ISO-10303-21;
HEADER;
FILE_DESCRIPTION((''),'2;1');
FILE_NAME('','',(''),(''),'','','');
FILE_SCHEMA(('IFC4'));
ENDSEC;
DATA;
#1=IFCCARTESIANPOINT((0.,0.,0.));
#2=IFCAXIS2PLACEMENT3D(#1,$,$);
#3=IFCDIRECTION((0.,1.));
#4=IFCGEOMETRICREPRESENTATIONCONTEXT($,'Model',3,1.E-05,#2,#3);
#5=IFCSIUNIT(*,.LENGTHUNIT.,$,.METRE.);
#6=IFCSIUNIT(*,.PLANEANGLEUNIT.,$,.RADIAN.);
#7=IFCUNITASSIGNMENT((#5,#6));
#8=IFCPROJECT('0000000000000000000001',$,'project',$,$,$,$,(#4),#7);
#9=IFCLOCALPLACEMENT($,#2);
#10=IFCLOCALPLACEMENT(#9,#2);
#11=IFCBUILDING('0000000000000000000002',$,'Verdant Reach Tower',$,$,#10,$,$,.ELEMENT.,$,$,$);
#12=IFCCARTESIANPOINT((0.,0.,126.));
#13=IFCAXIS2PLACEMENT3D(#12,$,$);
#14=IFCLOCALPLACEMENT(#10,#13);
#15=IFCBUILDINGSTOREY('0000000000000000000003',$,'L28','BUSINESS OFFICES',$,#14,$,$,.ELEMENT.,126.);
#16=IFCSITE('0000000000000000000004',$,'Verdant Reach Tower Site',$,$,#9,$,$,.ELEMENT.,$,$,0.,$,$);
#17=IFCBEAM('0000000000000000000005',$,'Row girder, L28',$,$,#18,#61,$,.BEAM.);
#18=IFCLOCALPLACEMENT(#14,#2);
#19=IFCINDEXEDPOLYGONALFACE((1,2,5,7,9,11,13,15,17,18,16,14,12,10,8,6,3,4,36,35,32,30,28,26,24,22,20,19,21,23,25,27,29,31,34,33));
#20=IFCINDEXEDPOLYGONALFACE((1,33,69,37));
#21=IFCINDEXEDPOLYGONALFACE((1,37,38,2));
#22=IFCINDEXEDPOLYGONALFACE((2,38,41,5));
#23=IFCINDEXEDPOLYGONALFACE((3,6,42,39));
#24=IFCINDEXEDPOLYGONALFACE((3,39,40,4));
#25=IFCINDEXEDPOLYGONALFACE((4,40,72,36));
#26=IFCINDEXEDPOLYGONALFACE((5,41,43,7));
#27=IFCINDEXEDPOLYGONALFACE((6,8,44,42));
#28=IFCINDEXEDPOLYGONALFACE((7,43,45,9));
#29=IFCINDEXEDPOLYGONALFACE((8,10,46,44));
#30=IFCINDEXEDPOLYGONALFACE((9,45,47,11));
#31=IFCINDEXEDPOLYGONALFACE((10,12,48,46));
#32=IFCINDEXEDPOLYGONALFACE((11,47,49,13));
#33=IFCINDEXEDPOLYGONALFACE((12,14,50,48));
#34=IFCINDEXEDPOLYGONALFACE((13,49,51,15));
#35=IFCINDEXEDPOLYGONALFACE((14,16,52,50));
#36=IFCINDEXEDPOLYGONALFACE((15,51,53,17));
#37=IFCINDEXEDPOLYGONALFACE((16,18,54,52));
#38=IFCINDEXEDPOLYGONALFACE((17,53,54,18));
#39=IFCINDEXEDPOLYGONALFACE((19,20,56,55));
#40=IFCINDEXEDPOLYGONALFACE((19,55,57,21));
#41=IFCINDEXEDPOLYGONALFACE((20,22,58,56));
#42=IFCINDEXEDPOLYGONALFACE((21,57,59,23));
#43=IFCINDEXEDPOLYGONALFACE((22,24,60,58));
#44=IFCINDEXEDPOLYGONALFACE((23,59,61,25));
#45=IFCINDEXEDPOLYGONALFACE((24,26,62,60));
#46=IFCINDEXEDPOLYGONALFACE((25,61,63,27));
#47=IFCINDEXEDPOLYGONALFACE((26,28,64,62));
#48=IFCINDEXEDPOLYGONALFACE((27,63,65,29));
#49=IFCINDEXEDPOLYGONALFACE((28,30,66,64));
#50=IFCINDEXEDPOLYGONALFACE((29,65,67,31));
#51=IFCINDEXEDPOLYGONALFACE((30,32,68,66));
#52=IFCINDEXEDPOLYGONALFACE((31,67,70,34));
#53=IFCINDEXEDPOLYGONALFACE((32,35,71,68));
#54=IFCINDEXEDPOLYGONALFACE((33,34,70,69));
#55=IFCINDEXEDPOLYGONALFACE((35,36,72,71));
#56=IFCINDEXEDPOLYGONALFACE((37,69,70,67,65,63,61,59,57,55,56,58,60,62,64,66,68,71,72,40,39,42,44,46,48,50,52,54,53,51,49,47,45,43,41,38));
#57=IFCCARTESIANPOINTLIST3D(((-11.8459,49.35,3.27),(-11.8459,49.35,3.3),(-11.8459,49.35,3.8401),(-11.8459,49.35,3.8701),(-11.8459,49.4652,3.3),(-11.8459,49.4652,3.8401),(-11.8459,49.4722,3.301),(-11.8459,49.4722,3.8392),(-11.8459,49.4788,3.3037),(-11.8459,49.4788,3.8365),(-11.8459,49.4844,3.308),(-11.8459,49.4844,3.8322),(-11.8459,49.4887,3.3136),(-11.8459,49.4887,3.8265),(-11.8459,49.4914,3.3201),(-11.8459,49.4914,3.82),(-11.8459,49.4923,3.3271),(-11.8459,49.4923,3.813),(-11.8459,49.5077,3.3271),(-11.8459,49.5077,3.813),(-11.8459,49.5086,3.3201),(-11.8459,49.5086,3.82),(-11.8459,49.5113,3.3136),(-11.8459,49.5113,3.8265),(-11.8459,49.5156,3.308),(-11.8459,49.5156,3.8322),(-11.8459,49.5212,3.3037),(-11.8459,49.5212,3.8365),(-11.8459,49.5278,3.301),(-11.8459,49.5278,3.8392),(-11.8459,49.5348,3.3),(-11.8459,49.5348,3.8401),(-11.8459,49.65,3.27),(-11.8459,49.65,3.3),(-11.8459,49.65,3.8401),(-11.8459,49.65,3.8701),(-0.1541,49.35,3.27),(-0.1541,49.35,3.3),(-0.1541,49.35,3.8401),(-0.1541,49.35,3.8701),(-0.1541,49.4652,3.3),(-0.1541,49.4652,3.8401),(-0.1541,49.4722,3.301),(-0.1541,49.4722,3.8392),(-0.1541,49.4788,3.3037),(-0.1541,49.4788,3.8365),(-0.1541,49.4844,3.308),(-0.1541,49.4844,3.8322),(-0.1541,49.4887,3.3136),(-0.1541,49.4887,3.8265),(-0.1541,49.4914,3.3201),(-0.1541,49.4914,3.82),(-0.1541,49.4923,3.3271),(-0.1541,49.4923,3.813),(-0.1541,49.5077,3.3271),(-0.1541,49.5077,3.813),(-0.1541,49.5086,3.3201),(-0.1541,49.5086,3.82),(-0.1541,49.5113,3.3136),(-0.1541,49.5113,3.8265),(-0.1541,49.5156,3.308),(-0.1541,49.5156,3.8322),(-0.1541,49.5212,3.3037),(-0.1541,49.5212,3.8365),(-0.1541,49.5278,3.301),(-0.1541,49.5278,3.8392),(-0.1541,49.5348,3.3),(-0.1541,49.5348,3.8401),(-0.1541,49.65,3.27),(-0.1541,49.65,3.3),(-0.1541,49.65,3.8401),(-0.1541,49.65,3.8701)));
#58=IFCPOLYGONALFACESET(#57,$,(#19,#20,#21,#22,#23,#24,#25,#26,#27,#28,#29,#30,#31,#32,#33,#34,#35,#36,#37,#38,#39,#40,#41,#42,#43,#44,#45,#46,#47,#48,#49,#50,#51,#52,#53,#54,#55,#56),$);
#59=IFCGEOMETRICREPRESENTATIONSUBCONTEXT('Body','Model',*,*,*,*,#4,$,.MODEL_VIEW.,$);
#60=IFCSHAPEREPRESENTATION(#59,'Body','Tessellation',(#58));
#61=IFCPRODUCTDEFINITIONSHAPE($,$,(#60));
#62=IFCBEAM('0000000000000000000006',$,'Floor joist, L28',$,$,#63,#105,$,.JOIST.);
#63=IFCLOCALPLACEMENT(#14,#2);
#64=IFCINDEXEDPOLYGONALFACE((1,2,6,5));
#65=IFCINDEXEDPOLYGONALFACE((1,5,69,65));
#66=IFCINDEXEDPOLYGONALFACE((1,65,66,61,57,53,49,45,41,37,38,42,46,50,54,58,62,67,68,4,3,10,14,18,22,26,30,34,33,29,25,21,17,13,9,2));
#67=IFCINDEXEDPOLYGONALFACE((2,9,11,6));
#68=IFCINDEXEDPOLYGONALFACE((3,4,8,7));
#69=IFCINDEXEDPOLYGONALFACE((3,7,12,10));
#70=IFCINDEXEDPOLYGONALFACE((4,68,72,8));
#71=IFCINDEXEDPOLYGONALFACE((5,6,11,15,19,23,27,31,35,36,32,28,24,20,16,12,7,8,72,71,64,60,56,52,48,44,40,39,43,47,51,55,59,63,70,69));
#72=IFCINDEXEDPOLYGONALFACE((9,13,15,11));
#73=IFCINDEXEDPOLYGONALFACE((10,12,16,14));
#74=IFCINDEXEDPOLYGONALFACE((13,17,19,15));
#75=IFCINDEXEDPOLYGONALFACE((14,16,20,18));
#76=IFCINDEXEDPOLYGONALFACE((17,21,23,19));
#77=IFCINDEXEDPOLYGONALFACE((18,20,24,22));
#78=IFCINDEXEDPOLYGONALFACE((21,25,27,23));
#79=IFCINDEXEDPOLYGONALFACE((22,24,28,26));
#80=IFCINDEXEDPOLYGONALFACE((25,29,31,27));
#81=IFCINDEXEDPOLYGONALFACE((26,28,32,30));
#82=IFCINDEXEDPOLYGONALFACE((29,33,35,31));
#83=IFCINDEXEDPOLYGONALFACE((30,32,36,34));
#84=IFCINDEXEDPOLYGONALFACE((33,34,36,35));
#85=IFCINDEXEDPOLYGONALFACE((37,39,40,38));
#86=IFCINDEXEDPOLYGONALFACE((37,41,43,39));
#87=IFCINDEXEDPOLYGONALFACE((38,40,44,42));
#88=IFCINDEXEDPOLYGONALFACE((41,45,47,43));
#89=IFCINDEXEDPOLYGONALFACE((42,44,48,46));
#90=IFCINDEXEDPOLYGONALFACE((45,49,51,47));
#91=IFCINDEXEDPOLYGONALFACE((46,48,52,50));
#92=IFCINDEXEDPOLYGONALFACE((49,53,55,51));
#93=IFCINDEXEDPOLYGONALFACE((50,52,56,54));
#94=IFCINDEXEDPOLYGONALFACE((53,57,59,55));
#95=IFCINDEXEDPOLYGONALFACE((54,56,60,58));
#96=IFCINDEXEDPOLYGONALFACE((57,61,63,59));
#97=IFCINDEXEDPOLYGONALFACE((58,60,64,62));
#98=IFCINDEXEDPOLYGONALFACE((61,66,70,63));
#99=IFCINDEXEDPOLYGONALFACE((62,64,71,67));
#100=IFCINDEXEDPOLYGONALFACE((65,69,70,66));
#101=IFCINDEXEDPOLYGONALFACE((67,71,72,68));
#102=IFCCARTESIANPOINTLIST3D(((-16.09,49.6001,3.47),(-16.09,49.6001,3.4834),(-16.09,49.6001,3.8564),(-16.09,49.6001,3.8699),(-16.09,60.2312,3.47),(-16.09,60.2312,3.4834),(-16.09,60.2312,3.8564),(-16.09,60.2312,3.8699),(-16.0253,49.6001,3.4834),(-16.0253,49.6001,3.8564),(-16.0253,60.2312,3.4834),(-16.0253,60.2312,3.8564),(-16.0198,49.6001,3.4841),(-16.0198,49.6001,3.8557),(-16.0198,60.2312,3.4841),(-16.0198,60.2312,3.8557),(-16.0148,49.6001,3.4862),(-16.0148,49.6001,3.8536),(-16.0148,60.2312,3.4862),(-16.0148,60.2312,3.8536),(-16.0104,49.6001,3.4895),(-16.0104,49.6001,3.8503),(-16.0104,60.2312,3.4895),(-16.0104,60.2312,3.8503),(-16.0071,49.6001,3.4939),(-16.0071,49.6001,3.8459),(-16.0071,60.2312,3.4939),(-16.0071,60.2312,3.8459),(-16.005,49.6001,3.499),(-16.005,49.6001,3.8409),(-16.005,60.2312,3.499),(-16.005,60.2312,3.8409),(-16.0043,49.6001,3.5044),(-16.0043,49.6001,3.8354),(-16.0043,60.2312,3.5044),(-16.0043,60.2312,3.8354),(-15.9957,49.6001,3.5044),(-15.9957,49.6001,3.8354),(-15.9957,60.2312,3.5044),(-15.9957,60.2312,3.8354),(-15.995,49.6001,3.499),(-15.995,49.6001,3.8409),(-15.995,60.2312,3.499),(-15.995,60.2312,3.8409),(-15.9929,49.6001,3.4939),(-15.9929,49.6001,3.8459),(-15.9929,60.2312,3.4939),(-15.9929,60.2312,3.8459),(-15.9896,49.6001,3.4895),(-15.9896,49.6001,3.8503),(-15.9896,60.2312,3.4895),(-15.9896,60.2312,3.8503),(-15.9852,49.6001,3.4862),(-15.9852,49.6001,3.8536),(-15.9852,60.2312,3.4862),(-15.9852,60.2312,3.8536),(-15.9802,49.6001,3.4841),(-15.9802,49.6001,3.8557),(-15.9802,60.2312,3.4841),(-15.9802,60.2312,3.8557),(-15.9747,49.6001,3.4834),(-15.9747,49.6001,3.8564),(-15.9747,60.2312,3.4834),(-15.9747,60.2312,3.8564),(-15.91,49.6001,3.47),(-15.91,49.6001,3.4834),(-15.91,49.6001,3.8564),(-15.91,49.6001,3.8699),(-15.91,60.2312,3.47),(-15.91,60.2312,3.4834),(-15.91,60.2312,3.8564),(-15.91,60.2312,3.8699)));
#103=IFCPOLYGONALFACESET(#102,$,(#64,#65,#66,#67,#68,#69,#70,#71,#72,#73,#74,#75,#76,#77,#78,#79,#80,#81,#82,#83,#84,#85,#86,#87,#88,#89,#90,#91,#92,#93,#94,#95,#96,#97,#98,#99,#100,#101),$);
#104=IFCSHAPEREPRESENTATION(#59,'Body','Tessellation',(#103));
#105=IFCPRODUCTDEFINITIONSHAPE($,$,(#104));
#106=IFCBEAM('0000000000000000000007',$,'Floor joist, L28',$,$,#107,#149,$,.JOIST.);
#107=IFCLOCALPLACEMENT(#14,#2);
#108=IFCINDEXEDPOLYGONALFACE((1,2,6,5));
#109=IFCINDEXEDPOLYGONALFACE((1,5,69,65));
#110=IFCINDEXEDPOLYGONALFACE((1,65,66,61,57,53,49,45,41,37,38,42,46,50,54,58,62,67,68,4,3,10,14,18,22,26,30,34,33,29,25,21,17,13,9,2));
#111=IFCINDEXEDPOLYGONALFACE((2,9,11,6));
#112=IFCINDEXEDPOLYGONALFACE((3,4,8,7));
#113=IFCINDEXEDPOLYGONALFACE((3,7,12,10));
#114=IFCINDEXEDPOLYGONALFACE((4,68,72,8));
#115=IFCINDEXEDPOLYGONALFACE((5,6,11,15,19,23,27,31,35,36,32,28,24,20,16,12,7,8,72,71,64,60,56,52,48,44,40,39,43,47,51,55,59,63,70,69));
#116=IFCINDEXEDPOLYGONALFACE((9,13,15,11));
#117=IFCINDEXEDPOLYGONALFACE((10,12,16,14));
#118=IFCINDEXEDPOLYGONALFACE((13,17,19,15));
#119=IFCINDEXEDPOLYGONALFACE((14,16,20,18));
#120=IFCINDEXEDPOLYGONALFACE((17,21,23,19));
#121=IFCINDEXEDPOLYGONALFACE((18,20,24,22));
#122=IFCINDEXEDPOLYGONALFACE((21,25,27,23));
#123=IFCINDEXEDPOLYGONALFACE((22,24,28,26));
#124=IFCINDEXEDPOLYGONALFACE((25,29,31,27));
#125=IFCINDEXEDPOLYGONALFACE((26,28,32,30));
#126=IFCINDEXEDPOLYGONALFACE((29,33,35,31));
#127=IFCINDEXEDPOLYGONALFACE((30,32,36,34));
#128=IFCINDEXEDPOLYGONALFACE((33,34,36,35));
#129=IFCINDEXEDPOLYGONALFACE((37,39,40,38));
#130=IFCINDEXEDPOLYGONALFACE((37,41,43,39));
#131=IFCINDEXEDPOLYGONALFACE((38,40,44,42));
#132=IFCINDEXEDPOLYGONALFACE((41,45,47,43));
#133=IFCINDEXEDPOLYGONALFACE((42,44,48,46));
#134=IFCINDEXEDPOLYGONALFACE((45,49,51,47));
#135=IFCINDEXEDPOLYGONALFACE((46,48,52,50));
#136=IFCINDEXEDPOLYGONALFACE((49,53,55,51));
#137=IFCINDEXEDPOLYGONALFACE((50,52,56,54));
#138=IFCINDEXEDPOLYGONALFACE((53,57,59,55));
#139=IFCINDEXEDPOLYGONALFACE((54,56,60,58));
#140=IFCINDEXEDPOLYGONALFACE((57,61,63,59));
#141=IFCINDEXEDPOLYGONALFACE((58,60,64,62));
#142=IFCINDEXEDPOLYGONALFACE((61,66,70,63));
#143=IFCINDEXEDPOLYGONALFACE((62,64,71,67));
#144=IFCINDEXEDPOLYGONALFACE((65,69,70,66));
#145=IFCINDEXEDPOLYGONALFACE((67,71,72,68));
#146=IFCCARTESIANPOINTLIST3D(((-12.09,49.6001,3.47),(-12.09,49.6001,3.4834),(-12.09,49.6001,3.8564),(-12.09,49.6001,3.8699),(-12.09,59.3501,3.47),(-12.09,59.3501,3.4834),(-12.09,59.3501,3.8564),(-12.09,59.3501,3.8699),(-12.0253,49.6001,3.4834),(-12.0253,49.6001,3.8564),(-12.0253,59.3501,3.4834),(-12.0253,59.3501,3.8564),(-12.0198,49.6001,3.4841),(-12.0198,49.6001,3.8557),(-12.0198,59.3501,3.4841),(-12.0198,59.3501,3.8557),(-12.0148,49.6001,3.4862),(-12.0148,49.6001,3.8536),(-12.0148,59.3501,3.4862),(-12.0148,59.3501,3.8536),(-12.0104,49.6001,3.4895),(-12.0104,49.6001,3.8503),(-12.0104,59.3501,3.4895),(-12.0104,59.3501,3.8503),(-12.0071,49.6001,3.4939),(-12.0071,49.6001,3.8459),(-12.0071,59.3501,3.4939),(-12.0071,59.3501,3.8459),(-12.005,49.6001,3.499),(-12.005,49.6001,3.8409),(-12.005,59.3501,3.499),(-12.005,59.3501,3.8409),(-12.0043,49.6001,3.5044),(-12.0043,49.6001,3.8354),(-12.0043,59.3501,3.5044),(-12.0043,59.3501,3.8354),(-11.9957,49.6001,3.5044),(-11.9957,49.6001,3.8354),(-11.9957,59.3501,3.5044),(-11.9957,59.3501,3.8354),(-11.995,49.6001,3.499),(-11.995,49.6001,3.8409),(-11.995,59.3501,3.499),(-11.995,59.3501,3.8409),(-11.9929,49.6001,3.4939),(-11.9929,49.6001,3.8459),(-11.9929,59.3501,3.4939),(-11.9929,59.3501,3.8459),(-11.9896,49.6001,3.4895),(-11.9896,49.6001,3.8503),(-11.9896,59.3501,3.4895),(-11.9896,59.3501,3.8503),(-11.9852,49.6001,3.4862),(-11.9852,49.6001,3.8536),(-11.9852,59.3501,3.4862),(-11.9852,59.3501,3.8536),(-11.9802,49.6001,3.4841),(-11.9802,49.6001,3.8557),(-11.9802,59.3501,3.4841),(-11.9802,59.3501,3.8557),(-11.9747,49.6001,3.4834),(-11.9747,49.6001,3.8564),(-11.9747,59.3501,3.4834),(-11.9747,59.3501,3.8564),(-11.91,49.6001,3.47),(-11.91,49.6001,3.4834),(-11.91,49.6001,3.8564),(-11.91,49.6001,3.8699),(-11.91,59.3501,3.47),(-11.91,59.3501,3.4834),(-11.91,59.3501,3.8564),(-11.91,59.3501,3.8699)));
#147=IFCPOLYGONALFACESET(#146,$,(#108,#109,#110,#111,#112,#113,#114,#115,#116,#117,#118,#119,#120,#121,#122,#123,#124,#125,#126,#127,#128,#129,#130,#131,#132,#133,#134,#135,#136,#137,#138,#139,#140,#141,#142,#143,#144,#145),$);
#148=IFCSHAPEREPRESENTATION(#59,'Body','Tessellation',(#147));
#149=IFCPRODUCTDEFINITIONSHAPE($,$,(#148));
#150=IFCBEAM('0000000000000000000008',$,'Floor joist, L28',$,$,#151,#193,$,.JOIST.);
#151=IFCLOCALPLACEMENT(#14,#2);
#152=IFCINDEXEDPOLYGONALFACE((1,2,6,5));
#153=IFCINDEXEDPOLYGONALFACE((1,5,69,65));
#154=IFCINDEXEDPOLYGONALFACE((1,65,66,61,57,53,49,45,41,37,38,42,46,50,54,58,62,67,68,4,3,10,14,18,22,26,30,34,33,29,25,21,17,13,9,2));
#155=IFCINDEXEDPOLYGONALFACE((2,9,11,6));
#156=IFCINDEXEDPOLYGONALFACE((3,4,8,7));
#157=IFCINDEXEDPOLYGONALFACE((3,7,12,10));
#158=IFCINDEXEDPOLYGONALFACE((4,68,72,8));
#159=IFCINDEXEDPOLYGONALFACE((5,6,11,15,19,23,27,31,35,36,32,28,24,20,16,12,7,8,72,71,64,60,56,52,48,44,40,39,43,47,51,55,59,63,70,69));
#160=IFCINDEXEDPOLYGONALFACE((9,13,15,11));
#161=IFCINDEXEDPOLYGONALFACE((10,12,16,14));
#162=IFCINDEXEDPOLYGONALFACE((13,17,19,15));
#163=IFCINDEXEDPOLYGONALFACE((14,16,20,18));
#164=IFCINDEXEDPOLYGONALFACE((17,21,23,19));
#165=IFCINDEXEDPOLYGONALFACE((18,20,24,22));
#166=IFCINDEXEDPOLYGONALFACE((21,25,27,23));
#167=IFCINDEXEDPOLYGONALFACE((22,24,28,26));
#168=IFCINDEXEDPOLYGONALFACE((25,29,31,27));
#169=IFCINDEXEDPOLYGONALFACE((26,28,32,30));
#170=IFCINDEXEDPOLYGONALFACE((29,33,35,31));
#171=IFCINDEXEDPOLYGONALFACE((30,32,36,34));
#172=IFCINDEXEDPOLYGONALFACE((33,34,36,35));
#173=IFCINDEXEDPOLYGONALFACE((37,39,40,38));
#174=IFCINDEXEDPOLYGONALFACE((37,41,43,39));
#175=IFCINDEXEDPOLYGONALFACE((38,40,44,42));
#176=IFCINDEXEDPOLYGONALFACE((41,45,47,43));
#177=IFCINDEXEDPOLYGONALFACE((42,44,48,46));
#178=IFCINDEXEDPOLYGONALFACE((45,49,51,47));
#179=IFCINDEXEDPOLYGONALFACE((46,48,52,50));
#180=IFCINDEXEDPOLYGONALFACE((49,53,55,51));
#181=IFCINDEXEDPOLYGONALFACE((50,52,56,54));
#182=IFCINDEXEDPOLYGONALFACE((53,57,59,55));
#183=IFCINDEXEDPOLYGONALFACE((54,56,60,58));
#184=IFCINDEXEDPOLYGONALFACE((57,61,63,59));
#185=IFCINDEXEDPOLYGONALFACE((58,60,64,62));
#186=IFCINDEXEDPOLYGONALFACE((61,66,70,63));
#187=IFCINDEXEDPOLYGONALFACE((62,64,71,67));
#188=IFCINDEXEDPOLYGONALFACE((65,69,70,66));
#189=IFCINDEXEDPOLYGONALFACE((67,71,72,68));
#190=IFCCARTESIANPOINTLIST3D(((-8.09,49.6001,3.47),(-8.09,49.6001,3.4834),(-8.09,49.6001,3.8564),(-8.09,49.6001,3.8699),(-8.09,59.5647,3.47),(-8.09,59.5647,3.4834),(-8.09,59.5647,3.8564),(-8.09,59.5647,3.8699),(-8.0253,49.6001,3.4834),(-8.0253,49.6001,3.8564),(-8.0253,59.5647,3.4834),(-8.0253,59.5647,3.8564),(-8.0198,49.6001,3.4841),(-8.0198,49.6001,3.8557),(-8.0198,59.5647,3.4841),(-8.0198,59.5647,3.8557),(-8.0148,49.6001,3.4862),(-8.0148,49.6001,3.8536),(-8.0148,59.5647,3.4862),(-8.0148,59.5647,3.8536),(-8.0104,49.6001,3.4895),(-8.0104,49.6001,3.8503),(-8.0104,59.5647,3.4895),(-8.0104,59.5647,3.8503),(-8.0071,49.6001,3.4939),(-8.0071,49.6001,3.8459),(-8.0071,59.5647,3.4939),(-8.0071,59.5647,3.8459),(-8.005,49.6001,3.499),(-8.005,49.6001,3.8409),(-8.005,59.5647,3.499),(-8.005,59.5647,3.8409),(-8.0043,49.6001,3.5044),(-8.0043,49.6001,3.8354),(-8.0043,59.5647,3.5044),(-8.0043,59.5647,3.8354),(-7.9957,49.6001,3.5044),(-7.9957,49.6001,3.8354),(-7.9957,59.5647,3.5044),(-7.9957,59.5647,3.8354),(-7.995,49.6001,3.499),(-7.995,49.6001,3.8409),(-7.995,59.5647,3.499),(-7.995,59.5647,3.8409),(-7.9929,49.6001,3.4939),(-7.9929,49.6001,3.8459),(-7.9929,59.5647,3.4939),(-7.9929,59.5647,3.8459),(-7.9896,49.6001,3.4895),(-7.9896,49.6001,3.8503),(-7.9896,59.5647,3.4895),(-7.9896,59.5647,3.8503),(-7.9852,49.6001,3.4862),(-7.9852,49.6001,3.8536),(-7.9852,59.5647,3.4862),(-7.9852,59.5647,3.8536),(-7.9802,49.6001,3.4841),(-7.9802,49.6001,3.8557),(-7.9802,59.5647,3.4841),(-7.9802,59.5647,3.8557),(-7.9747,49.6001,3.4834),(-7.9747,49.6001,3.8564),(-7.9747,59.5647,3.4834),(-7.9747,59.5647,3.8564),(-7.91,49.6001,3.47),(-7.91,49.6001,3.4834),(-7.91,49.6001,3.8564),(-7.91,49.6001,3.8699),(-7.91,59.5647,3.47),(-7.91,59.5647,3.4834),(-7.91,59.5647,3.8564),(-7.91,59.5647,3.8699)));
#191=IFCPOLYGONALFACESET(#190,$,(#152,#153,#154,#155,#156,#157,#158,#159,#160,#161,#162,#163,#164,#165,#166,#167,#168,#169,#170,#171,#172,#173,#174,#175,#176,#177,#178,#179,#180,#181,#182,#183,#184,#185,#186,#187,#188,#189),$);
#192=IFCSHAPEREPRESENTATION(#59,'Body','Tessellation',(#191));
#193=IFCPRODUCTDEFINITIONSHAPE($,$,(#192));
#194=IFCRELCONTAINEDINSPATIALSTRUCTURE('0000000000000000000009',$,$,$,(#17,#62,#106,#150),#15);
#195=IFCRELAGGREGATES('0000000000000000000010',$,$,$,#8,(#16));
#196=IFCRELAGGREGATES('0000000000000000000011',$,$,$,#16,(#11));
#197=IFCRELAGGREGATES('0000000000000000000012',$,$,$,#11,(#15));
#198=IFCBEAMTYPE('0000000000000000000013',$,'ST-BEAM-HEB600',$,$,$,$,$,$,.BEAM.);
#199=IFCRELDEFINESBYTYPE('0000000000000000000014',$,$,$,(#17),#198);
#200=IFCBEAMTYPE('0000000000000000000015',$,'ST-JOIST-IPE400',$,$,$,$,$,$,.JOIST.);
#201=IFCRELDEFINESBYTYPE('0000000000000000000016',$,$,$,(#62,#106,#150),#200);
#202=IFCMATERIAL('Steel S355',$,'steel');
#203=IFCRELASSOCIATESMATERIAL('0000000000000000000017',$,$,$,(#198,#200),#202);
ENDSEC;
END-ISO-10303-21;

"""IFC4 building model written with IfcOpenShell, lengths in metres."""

from ifc_helpers import new_model, si_unit, direction, frame, origin, origin_2d, place, context, subcontext, project, spatial, i_section, extrude, material, material_profile, profile_set, type_object, element, save


model = new_model("IFC4")

# Units and contexts
model_context = context("Model", 3, precision=1e-05, world=origin(), true_north=direction((0.0, 1.0)))
body_context = subcontext(model_context, "Body", "Model", "MODEL_VIEW")
ifc_project = project(units=[si_unit("LENGTHUNIT", "METRE"), si_unit("PLANEANGLEUNIT", "RADIAN")], contexts=[model_context])

# Site, building, storey
site_placement = place(None, origin())
site = spatial("IfcSite", under=ifc_project, at=site_placement, Name="Verdant Reach Tower Site", CompositionType="ELEMENT", RefElevation=0.0)
building_placement = place(site_placement, origin())
building = spatial("IfcBuilding", under=site, at=building_placement, Name="Verdant Reach Tower", CompositionType="ELEMENT")
storey_placement = place(building_placement, frame((0.0, 0.0, 126.0)))
storey = spatial("IfcBuildingStorey", under=building, at=storey_placement, Name="L28", Description="BUSINESS OFFICES", CompositionType="ELEMENT", Elevation=126.0)

# Beams
ifc_material_1 = material(Name="Steel S355", Category="steel")
ifc_material_profile_1 = material_profile(ifc_material_1, i_section(OverallWidth=0.3, OverallDepth=0.6001, WebThickness=0.0154, FlangeThickness=0.03, FilletRadius=0.0271, at=origin_2d()), Name="HEB 600")
ifc_profile_set_1 = profile_set([ifc_material_profile_1], Name="Steel S355")
beam_type_1 = type_object("IfcBeamType", Name="ST-BEAM-HEB600", PredefinedType="BEAM", material=ifc_profile_set_1)
beam_1_placement = place(storey_placement, frame((-11.8459, 49.5, 3.5701), z_axis=(1.0, 0.0, 0.0), x_axis=(0.0, 1.0, 0.0)))
element("IfcBeam", 1, at=beam_1_placement, inside=storey, type_object=beam_type_1, Name="Row girder, L28", PredefinedType="BEAM", context=body_context, shape_type="SweptSolid", body=[
    extrude(i_section(OverallWidth=0.3, OverallDepth=0.6001, WebThickness=0.0154, FlangeThickness=0.03, FilletRadius=0.0271, at=origin_2d()), origin(), (0.0, 0.0, 1.0), 11.6919),
])
ifc_material_profile_2 = material_profile(ifc_material_1, i_section(OverallWidth=0.1799, OverallDepth=0.3999, WebThickness=0.0085, FlangeThickness=0.0134, FilletRadius=0.021, at=origin_2d()), Name="IPE 400")
ifc_profile_set_2 = profile_set([ifc_material_profile_2], Name="Steel S355")
beam_type_2 = type_object("IfcBeamType", Name="ST-JOIST-IPE400", PredefinedType="JOIST", material=ifc_profile_set_2)
beam_2_placement = place(storey_placement, frame((-16.0, 49.6001, 3.6699), z_axis=(0.0, 1.0, 0.0), x_axis=(-1.0, 0.0, 0.0)))
element("IfcBeam", 2, at=beam_2_placement, inside=storey, type_object=beam_type_2, Name="Floor joist, L28", PredefinedType="JOIST", context=body_context, shape_type="SweptSolid", body=[
    extrude(i_section(OverallWidth=0.1799, OverallDepth=0.3999, WebThickness=0.0085, FlangeThickness=0.0134, FilletRadius=0.021, at=origin_2d()), origin(), (0.0, 0.0, 1.0), 10.6311),
])
beam_3_placement = place(storey_placement, frame((-12.0, 49.6001, 3.6699), z_axis=(0.0, 1.0, 0.0), x_axis=(-1.0, 0.0, 0.0)))
element("IfcBeam", 3, at=beam_3_placement, inside=storey, type_object=beam_type_2, Name="Floor joist, L28", PredefinedType="JOIST", context=body_context, shape_type="SweptSolid", body=[
    extrude(i_section(OverallWidth=0.1799, OverallDepth=0.3999, WebThickness=0.0085, FlangeThickness=0.0134, FilletRadius=0.021, at=origin_2d()), origin(), (0.0, 0.0, 1.0), 9.75),
])
beam_4_placement = place(storey_placement, frame((-8.0, 49.6001, 3.6699), z_axis=(0.0, 1.0, 0.0), x_axis=(-1.0, 0.0, 0.0)))
element("IfcBeam", 4, at=beam_4_placement, inside=storey, type_object=beam_type_2, Name="Floor joist, L28", PredefinedType="JOIST", context=body_context, shape_type="SweptSolid", body=[
    extrude(i_section(OverallWidth=0.1799, OverallDepth=0.3999, WebThickness=0.0085, FlangeThickness=0.0134, FilletRadius=0.021, at=origin_2d()), origin(), (0.0, 0.0, 1.0), 9.9646),
])

save(model, "model.ifc")
